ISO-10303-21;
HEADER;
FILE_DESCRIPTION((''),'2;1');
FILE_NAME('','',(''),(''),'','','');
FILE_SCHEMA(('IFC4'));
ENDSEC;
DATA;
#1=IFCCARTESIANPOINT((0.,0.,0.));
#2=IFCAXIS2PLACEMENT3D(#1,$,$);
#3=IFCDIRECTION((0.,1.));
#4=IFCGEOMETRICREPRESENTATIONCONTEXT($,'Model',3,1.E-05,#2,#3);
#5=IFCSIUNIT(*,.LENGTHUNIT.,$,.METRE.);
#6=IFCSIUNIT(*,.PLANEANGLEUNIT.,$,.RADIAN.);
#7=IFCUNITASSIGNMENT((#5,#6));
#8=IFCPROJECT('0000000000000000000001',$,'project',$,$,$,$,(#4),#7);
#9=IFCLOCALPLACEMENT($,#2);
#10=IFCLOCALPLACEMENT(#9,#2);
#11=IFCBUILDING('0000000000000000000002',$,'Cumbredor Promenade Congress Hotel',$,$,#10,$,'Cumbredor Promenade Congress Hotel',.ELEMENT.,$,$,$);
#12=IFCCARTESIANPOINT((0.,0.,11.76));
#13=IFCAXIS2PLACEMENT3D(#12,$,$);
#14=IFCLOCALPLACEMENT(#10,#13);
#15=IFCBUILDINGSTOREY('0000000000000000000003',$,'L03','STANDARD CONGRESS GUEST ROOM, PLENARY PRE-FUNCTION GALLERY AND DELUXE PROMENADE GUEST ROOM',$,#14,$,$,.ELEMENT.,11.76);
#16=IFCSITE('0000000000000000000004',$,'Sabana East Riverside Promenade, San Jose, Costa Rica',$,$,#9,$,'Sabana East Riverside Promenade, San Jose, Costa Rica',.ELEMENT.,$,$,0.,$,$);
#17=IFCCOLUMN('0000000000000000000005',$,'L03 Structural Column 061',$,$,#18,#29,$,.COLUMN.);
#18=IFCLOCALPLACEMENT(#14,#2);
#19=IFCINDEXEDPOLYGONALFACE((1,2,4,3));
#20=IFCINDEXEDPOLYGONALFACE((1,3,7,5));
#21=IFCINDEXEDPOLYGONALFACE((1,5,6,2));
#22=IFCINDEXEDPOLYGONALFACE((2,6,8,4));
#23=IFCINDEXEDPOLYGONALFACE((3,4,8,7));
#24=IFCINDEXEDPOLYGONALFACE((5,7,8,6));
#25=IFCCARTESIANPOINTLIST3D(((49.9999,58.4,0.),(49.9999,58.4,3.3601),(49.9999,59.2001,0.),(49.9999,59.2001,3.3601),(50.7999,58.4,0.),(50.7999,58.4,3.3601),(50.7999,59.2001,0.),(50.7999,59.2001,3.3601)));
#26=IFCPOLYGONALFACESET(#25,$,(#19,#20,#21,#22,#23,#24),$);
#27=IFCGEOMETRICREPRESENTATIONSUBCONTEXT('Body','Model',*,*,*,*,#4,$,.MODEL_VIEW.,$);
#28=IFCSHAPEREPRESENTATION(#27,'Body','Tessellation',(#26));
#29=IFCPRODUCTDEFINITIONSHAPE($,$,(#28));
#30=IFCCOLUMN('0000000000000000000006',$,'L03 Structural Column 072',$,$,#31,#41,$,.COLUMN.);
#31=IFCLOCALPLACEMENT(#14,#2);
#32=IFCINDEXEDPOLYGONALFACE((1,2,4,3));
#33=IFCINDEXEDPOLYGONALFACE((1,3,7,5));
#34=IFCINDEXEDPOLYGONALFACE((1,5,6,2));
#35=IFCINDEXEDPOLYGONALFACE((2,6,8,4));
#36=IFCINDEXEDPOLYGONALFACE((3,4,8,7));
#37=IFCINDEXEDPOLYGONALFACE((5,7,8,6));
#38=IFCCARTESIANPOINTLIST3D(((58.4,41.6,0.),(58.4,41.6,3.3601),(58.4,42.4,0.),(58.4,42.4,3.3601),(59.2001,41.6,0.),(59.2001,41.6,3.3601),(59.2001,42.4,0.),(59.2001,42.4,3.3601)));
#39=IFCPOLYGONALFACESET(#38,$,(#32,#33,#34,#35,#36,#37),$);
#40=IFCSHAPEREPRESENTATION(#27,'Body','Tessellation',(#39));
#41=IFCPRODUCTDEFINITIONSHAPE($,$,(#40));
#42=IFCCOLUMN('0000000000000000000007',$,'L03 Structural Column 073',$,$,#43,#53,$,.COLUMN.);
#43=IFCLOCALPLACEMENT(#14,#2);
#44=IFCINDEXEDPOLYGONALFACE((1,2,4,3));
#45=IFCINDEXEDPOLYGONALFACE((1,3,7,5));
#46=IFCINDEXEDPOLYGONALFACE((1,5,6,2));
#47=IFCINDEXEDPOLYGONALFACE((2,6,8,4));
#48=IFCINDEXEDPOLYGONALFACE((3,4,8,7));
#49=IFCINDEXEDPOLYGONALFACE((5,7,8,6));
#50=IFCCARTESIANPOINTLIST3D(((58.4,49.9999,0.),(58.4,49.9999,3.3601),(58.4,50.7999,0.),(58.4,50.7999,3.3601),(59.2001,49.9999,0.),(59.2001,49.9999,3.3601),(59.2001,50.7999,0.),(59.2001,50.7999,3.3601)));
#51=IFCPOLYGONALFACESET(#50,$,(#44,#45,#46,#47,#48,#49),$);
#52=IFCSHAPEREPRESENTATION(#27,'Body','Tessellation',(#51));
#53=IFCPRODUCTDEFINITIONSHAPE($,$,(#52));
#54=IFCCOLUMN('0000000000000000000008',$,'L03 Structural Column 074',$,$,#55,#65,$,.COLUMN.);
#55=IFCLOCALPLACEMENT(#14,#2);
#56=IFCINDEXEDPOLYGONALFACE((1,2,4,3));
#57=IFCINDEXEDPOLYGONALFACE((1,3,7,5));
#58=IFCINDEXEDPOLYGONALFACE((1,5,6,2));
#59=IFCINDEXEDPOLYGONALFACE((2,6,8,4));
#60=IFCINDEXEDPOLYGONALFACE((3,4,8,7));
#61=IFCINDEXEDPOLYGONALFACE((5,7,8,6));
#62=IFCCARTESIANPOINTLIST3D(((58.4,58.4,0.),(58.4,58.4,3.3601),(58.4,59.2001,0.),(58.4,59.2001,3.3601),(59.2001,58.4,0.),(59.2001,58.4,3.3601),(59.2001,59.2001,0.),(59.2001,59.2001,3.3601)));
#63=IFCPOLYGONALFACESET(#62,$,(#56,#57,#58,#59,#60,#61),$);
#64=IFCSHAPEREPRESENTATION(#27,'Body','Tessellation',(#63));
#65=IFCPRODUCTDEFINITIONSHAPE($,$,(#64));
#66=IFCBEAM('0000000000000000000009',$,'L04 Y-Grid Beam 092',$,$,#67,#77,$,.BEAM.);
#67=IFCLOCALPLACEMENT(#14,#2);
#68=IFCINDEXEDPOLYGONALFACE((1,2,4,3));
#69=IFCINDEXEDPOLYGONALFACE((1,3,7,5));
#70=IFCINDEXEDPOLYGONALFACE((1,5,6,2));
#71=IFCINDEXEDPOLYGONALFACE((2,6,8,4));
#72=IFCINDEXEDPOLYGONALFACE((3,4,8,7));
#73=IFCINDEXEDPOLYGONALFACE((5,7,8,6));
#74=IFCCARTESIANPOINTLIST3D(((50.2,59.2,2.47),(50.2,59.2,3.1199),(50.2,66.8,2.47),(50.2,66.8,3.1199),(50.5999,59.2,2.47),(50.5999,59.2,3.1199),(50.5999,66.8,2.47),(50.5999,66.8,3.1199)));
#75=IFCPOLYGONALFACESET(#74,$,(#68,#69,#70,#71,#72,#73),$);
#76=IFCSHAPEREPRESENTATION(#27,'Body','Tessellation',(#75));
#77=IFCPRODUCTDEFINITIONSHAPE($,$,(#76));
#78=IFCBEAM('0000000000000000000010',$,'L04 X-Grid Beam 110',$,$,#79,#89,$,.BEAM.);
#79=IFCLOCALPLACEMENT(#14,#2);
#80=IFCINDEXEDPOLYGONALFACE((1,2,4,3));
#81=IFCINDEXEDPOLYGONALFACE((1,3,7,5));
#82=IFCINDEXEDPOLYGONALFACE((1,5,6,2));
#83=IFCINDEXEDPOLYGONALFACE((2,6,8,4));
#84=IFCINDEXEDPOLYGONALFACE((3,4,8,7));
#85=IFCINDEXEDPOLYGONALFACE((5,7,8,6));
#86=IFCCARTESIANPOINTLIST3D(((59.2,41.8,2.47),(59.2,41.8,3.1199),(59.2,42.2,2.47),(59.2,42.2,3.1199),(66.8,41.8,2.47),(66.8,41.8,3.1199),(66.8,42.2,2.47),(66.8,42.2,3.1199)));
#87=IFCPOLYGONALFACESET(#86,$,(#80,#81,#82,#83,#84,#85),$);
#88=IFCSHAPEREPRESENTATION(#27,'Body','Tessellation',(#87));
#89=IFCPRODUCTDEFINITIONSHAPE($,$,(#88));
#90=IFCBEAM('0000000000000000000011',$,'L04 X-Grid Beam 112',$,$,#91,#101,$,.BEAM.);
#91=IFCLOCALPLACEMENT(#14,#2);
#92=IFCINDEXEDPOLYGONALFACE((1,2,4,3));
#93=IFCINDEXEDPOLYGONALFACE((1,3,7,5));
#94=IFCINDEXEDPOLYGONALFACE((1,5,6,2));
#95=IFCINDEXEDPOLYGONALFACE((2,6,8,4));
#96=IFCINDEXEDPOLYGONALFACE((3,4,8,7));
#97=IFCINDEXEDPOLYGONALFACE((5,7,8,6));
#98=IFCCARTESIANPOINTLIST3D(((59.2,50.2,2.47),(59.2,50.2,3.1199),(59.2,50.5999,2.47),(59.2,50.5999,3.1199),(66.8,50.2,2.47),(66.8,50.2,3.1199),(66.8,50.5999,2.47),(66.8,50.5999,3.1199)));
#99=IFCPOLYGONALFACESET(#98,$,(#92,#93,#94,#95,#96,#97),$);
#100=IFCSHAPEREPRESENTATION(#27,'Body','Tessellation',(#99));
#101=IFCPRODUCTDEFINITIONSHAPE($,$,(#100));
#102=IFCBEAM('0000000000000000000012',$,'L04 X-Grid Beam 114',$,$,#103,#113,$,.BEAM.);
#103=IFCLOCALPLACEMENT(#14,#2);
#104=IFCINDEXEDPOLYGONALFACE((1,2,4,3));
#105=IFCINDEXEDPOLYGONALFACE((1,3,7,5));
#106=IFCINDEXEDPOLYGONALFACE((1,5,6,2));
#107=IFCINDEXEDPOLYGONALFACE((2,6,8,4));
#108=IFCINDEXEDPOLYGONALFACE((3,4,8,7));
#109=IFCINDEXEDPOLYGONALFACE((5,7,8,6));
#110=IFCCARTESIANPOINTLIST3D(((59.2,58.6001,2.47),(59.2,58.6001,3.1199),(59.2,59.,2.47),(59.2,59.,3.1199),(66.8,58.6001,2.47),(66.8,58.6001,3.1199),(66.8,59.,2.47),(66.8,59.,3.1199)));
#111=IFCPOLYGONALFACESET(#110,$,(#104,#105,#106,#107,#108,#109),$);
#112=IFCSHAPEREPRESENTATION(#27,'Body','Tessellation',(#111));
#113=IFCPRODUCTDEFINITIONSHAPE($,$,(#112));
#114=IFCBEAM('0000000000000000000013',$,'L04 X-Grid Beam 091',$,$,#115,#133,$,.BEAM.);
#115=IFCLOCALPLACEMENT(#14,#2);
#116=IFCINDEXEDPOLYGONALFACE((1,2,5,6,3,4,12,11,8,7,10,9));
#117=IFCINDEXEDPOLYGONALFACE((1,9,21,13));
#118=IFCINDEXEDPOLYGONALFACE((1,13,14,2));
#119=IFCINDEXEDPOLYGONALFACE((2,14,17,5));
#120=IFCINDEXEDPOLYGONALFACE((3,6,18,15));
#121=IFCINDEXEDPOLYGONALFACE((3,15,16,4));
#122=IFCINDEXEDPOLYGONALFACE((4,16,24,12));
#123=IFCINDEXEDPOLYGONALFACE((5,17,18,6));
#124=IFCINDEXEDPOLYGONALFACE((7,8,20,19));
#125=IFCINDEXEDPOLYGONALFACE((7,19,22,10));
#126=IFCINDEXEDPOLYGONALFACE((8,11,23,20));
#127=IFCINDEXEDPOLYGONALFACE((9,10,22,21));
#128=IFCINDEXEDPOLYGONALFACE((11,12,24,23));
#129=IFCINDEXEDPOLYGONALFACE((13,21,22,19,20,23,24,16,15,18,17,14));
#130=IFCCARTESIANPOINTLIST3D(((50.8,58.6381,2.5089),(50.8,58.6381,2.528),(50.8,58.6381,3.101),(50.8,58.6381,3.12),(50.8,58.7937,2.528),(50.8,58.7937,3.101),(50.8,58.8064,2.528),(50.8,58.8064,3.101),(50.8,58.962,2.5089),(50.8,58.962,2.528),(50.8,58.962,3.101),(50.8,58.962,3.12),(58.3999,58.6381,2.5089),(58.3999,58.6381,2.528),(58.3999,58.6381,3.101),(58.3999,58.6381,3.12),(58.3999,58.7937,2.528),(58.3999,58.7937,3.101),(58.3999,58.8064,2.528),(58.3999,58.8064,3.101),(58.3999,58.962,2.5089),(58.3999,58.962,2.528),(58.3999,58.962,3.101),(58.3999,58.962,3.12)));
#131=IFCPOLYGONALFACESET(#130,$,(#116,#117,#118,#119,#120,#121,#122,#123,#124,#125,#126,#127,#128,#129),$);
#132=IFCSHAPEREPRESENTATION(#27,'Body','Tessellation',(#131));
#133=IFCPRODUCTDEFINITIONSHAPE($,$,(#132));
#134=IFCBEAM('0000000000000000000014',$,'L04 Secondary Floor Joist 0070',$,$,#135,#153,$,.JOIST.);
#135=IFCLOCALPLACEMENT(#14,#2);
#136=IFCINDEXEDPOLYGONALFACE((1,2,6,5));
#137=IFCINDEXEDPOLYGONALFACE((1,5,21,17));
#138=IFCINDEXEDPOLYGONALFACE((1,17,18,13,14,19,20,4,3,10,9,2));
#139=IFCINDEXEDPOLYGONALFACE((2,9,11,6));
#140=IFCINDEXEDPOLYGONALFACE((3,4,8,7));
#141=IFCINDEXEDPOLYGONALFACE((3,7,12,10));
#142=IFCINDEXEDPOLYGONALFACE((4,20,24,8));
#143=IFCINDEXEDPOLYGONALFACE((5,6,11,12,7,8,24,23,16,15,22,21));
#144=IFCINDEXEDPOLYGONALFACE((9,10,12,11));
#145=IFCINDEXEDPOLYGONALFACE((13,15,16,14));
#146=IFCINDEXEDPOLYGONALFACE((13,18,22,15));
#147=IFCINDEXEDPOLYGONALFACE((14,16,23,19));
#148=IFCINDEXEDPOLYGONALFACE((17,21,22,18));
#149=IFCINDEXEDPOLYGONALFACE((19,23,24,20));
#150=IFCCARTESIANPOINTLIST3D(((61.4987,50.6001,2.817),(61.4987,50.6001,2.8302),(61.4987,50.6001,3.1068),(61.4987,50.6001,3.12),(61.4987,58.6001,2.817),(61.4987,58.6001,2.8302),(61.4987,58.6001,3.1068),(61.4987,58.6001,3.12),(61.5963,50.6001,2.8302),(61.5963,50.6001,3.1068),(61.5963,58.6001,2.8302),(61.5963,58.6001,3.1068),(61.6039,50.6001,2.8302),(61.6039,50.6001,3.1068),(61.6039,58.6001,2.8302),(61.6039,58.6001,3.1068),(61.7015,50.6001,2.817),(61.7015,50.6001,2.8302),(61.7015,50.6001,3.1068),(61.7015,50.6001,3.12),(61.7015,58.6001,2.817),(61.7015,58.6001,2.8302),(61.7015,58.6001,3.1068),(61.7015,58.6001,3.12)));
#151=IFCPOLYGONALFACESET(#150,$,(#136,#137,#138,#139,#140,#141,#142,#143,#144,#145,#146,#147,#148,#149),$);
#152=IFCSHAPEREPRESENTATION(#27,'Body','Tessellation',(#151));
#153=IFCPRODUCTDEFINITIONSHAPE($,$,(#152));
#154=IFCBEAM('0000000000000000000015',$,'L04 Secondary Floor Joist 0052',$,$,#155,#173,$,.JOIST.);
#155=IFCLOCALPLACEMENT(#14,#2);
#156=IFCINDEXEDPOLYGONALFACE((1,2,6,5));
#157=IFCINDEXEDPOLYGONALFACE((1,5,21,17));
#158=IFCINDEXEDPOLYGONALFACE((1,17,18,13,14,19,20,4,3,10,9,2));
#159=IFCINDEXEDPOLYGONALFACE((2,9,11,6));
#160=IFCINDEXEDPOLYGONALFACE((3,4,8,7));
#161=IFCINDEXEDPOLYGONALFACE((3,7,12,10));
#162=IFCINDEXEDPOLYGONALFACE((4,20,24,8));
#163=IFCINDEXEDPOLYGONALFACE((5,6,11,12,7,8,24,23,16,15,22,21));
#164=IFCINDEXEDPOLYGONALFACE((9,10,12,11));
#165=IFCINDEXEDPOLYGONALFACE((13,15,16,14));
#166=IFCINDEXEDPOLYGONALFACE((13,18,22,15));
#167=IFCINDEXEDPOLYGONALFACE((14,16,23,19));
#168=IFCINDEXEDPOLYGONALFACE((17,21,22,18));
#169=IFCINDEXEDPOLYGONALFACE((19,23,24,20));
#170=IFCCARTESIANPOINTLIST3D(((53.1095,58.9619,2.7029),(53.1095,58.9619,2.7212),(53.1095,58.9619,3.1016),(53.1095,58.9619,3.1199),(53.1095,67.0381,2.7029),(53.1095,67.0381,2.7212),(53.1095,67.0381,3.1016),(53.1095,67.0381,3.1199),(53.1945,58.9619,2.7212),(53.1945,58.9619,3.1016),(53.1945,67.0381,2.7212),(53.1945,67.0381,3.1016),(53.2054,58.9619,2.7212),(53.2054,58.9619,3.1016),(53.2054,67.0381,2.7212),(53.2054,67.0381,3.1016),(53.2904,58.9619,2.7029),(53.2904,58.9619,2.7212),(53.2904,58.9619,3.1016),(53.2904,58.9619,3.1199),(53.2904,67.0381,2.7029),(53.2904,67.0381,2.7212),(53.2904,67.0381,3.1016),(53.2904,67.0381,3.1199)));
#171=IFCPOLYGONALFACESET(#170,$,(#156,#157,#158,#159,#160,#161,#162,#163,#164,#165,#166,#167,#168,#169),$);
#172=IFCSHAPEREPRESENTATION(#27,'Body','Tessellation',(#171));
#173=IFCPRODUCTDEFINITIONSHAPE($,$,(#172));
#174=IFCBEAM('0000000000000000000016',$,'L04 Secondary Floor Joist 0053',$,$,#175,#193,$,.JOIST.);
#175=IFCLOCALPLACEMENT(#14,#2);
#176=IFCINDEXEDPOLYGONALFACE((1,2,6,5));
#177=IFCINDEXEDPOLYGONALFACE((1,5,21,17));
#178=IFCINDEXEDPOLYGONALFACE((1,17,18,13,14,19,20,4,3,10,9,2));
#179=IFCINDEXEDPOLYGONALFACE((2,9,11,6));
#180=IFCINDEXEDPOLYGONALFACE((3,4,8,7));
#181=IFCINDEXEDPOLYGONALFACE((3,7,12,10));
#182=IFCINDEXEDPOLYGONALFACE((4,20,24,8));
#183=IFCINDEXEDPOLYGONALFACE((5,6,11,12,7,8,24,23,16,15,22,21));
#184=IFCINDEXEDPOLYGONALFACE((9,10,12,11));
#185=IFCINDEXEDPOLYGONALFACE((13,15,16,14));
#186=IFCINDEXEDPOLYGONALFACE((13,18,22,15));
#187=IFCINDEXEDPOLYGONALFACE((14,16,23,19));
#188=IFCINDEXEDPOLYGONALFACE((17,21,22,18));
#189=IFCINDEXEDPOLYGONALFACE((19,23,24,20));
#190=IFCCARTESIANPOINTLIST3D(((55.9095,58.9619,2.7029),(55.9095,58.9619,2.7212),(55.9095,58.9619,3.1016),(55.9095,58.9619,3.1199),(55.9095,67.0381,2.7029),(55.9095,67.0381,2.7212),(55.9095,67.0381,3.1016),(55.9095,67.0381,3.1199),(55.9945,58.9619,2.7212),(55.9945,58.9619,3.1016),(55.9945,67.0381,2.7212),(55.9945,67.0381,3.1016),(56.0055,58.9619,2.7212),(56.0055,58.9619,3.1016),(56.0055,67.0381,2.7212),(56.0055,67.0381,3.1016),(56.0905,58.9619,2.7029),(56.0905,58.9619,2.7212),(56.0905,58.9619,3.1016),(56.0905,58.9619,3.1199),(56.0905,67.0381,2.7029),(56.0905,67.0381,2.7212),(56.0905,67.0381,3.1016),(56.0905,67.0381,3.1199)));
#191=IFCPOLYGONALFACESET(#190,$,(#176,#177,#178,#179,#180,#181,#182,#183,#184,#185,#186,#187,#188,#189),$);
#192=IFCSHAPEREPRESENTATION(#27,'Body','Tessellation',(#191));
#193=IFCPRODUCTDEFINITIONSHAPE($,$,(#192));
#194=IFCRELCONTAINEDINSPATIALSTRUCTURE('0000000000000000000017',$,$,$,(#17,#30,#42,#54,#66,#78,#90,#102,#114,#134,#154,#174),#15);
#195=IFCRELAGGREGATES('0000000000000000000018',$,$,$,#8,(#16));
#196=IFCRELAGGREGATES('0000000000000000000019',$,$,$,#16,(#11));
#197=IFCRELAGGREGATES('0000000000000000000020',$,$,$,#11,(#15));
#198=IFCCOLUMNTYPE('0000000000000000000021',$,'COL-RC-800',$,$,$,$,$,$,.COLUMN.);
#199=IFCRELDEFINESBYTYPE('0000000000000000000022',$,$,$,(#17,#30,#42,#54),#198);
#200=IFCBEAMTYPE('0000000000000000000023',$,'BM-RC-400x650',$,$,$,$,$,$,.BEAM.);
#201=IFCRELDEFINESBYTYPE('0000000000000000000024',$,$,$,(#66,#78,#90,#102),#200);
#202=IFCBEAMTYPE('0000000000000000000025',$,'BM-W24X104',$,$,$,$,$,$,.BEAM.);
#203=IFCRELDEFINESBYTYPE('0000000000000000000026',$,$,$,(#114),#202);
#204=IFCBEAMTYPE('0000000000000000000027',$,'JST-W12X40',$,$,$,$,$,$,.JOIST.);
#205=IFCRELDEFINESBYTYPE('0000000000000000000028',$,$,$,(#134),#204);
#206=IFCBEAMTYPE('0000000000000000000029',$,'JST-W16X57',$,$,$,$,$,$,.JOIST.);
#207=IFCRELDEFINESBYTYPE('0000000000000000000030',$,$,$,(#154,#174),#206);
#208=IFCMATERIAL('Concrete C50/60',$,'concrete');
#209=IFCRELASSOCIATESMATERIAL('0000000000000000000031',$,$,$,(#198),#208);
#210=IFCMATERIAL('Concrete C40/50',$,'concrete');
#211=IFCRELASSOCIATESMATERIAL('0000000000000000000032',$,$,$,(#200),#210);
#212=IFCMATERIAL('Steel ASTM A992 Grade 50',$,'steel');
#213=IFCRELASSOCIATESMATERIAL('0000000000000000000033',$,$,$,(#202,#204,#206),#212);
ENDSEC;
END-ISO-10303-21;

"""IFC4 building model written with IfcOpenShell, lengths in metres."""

from ifc_helpers import new_model, si_unit, direction, frame, origin, origin_2d, place, context, subcontext, project, spatial, rectangle, i_section, extrude, material, material_profile, profile_set, type_object, element, save


model = new_model("IFC4")

# Units and contexts
model_context = context("Model", 3, precision=1e-05, world=origin(), true_north=direction((0.0, 1.0)))
body_context = subcontext(model_context, "Body", "Model", "MODEL_VIEW")
ifc_project = project(units=[si_unit("LENGTHUNIT", "METRE"), si_unit("PLANEANGLEUNIT", "RADIAN")], contexts=[model_context])

# Site, building, storey
site_placement = place(None, origin())
site = spatial("IfcSite", under=ifc_project, at=site_placement, Name="Sabana East Riverside Promenade, San Jose, Costa Rica", LongName="Sabana East Riverside Promenade, San Jose, Costa Rica", CompositionType="ELEMENT", RefElevation=0.0)
building_placement = place(site_placement, origin())
building = spatial("IfcBuilding", under=site, at=building_placement, Name="Cumbredor Promenade Congress Hotel", LongName="Cumbredor Promenade Congress Hotel", CompositionType="ELEMENT")
storey_placement = place(building_placement, frame((0.0, 0.0, 11.76)))
storey = spatial("IfcBuildingStorey", under=building, at=storey_placement, Name="L03", Description="STANDARD CONGRESS GUEST ROOM, PLENARY PRE-FUNCTION GALLERY AND DELUXE PROMENADE GUEST ROOM", CompositionType="ELEMENT", Elevation=11.76)

# Columns
ifc_material_1 = material(Name="Concrete C50/60", Category="concrete")
ifc_material_profile_1 = material_profile(ifc_material_1, rectangle(XDim=0.8, YDim=0.8, at=origin_2d()), Name="RC 800x800")
ifc_profile_set_1 = profile_set([ifc_material_profile_1], Name="Concrete C50/60")
column_type = type_object("IfcColumnType", Name="COL-RC-800", PredefinedType="COLUMN", material=ifc_profile_set_1)
for number, where, z_axis, x_axis, name in (
    (1, (50.3999, 58.8, 0.0), (0.0, 0.0, 1.0), (1.0, 0.0, 0.0), "L03 Structural Column 061"),
    (2, (58.8, 42.0, 0.0), (0.0, 0.0, 1.0), (1.0, 0.0, 0.0), "L03 Structural Column 072"),
    (3, (58.8, 50.3999, 0.0), (0.0, 0.0, 1.0), (1.0, 0.0, 0.0), "L03 Structural Column 073"),
    (4, (58.8, 58.8, 0.0), (0.0, 0.0, 1.0), (1.0, 0.0, 0.0), "L03 Structural Column 074"),
):
    element("IfcColumn", number, at=place(storey_placement, frame(where, z_axis=z_axis, x_axis=x_axis)), inside=storey, type_object=column_type, Name=name, PredefinedType="COLUMN", context=body_context, shape_type="SweptSolid", body=[
        extrude(rectangle(XDim=0.8, YDim=0.8, at=origin_2d()), origin(), (0.0, 0.0, 1.0), 3.3601),
    ])

# Beams
ifc_material_2 = material(Name="Concrete C40/50", Category="concrete")
ifc_material_profile_2 = material_profile(ifc_material_2, rectangle(XDim=0.3999, YDim=0.6499, at=origin_2d()), Name="RC BEAM 400x650")
ifc_profile_set_2 = profile_set([ifc_material_profile_2], Name="Concrete C40/50")
beam_type_1 = type_object("IfcBeamType", Name="BM-RC-400x650", PredefinedType="BEAM", material=ifc_profile_set_2)
for number, where, z_axis, x_axis, name in (
    (5, (50.3999, 59.2, 2.7949), (0.0, 1.0, 0.0), (-1.0, 0.0, 0.0), "L04 Y-Grid Beam 092"),
    (6, (59.2, 42.0, 2.7949), (1.0, 0.0, 0.0), (0.0, 1.0, 0.0), "L04 X-Grid Beam 110"),
    (7, (59.2, 50.3999, 2.7949), (1.0, 0.0, 0.0), (0.0, 1.0, 0.0), "L04 X-Grid Beam 112"),
    (8, (59.2, 58.8, 2.7949), (1.0, 0.0, 0.0), (0.0, 1.0, 0.0), "L04 X-Grid Beam 114"),
):
    element("IfcBeam", number, at=place(storey_placement, frame(where, z_axis=z_axis, x_axis=x_axis)), inside=storey, type_object=beam_type_1, Name=name, PredefinedType="BEAM", context=body_context, shape_type="SweptSolid", body=[
        extrude(rectangle(XDim=0.3999, YDim=0.6499, at=origin_2d()), origin(), (0.0, 0.0, 1.0), 7.6001),
    ])
ifc_material_3 = material(Name="Steel ASTM A992 Grade 50", Category="steel")
ifc_material_profile_3 = material_profile(ifc_material_3, i_section(OverallWidth=0.324, OverallDepth=0.6111, WebThickness=0.0127, FlangeThickness=0.019, at=origin_2d()), Name="W24X104")
ifc_profile_set_3 = profile_set([ifc_material_profile_3], Name="Steel ASTM A992 Grade 50")
beam_type_2 = type_object("IfcBeamType", Name="BM-W24X104", PredefinedType="BEAM", material=ifc_profile_set_3)
beam_1_placement = place(storey_placement, frame((50.8, 58.8, 2.8145), z_axis=(1.0, 0.0, 0.0), x_axis=(0.0, 1.0, 0.0)))
element("IfcBeam", 9, at=beam_1_placement, inside=storey, type_object=beam_type_2, Name="L04 X-Grid Beam 091", PredefinedType="BEAM", context=body_context, shape_type="SweptSolid", body=[
    extrude(i_section(OverallWidth=0.324, OverallDepth=0.6111, WebThickness=0.0127, FlangeThickness=0.019, at=origin_2d()), origin(), (0.0, 0.0, 1.0), 7.5999),
])
ifc_material_profile_4 = material_profile(ifc_material_3, i_section(OverallWidth=0.2029, OverallDepth=0.303, WebThickness=0.0076, FlangeThickness=0.0132, at=origin_2d()), Name="W12X40")
ifc_profile_set_4 = profile_set([ifc_material_profile_4], Name="Steel ASTM A992 Grade 50")
beam_type_3 = type_object("IfcBeamType", Name="JST-W12X40", PredefinedType="JOIST", material=ifc_profile_set_4)
beam_2_placement = place(storey_placement, frame((61.6001, 50.6001, 2.9685), z_axis=(0.0, 1.0, 0.0), x_axis=(-1.0, 0.0, 0.0)))
element("IfcBeam", 10, at=beam_2_placement, inside=storey, type_object=beam_type_3, Name="L04 Secondary Floor Joist 0070", PredefinedType="JOIST", context=body_context, shape_type="SweptSolid", body=[
    extrude(i_section(OverallWidth=0.2029, OverallDepth=0.303, WebThickness=0.0076, FlangeThickness=0.0132, at=origin_2d()), origin(), (0.0, 0.0, 1.0), 8.0),
])
ifc_material_profile_5 = material_profile(ifc_material_3, i_section(OverallWidth=0.1809, OverallDepth=0.417, WebThickness=0.011, FlangeThickness=0.0183, at=origin_2d()), Name="W16X57")
ifc_profile_set_5 = profile_set([ifc_material_profile_5], Name="Steel ASTM A992 Grade 50")
beam_type_4 = type_object("IfcBeamType", Name="JST-W16X57", PredefinedType="JOIST", material=ifc_profile_set_5)
for number, where, z_axis, x_axis, name in (
    (11, (53.2, 58.9619, 2.9114), (0.0, 1.0, 0.0), (-1.0, 0.0, 0.0), "L04 Secondary Floor Joist 0052"),
    (12, (56.0, 58.9619, 2.9114), (0.0, 1.0, 0.0), (-1.0, 0.0, 0.0), "L04 Secondary Floor Joist 0053"),
):
    element("IfcBeam", number, at=place(storey_placement, frame(where, z_axis=z_axis, x_axis=x_axis)), inside=storey, type_object=beam_type_4, Name=name, PredefinedType="JOIST", context=body_context, shape_type="SweptSolid", body=[
        extrude(i_section(OverallWidth=0.1809, OverallDepth=0.417, WebThickness=0.011, FlangeThickness=0.0183, at=origin_2d()), origin(), (0.0, 0.0, 1.0), 8.0762),
    ])

save(model, "model.ifc")
